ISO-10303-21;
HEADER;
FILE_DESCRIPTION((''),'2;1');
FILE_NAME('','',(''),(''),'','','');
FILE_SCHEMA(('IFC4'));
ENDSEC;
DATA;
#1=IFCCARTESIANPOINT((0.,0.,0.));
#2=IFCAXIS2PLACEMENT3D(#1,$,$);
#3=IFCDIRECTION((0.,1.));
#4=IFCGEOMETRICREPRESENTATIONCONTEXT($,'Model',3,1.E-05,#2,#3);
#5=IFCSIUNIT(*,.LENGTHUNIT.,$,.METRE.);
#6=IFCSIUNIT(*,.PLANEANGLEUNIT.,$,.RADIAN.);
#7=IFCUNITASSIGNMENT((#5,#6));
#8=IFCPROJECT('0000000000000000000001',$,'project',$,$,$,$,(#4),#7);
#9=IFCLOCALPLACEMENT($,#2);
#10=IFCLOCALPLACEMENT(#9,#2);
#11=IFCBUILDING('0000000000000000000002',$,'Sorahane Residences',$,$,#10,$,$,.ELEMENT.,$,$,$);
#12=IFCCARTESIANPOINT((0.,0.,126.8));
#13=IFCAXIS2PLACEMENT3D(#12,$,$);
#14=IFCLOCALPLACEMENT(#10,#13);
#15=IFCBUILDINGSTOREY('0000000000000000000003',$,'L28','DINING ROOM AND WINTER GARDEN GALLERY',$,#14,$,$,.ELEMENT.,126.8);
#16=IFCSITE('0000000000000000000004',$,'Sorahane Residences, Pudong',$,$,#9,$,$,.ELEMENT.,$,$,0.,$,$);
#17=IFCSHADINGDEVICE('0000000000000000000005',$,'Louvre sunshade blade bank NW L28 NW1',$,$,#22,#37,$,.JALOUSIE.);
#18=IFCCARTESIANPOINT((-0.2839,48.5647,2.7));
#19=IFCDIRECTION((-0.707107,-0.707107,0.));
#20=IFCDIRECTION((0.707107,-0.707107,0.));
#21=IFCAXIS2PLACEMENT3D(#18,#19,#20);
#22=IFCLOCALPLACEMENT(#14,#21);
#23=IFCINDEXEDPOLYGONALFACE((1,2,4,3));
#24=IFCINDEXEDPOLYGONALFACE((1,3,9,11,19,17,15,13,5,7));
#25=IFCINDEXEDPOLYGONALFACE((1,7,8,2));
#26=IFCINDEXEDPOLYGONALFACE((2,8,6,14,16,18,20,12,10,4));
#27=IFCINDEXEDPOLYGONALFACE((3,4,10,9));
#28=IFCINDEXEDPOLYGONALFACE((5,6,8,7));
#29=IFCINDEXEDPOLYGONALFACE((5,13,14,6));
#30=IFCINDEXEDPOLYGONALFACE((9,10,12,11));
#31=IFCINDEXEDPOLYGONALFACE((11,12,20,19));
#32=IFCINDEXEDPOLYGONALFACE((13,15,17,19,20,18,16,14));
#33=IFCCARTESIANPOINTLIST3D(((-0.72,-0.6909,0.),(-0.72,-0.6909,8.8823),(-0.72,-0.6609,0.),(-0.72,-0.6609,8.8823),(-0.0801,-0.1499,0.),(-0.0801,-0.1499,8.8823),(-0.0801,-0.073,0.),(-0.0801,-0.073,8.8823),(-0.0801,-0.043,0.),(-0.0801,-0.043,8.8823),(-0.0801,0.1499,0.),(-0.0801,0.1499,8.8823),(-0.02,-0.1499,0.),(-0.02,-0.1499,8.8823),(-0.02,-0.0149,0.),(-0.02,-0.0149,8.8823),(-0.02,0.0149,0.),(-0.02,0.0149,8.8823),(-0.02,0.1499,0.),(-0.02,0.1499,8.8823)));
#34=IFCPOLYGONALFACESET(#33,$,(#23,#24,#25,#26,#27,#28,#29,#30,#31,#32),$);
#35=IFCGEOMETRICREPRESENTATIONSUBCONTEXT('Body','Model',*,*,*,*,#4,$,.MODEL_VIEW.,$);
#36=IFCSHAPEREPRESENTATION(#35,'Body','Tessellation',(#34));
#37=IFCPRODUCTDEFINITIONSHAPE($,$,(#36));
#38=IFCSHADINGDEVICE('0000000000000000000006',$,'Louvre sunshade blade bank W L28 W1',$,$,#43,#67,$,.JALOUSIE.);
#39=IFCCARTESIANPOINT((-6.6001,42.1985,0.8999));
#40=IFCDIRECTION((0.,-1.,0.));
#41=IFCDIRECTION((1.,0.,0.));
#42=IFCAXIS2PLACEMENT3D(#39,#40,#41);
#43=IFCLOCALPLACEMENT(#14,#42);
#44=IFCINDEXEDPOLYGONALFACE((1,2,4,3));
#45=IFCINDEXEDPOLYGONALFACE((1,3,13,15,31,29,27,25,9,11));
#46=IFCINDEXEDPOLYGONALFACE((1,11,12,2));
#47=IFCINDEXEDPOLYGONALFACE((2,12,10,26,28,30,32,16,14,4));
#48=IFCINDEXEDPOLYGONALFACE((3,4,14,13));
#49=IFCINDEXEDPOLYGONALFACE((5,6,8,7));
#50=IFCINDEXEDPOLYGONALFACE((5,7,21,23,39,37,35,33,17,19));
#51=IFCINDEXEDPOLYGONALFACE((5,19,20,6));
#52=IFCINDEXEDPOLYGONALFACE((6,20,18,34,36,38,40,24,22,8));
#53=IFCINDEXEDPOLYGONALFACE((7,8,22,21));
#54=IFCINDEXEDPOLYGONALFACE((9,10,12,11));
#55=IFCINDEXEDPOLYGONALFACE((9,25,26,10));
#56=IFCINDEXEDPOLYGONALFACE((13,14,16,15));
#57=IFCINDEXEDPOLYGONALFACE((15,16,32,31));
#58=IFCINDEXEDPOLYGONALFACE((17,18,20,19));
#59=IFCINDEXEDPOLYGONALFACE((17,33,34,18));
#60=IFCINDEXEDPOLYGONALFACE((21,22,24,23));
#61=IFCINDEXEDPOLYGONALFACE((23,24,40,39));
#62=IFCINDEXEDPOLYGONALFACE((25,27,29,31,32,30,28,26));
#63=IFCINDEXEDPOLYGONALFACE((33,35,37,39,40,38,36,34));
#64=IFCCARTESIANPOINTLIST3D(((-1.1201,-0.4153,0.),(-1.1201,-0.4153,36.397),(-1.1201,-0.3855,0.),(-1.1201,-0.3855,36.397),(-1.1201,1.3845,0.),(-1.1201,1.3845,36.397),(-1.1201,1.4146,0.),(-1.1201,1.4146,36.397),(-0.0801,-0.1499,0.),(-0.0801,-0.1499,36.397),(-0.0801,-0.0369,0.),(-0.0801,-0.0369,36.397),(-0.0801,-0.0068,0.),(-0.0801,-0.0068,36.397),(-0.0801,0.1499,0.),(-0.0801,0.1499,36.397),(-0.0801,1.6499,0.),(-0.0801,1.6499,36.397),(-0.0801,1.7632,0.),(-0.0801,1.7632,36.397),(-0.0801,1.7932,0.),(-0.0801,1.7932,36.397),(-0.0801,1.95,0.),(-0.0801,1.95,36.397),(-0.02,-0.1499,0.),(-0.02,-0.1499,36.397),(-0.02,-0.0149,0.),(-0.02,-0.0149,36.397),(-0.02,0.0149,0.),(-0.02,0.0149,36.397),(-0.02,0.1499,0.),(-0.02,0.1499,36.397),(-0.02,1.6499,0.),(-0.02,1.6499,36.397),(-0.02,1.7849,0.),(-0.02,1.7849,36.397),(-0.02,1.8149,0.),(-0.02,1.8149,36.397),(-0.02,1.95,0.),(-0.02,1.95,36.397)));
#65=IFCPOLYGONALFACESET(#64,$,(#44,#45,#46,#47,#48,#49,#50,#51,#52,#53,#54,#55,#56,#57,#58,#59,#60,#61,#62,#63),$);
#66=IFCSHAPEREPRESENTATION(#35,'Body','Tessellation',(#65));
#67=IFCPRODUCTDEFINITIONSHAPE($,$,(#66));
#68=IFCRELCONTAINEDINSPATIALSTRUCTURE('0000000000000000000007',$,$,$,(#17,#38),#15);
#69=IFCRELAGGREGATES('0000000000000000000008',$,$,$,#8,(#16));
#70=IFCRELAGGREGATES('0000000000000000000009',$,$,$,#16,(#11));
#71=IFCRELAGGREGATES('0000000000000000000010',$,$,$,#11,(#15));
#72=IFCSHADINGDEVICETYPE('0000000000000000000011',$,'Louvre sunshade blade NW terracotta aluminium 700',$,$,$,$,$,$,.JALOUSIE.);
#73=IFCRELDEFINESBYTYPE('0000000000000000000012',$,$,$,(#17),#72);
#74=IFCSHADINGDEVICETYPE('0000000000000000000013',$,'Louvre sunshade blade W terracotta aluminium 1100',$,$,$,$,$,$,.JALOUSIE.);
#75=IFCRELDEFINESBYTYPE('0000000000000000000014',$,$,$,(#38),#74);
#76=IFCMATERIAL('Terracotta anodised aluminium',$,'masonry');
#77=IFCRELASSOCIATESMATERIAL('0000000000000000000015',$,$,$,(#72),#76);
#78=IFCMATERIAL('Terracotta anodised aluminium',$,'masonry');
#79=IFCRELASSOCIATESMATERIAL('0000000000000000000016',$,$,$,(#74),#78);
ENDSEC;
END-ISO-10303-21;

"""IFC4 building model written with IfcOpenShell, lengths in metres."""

from ifc_helpers import new_model, si_unit, direction, frame, origin, place, context, subcontext, project, spatial, polyline, outline, composite_profile, extrude, material, type_object, element, save


model = new_model("IFC4")

# Units and contexts
model_context = context("Model", 3, precision=1e-05, world=origin(), true_north=direction((0.0, 1.0)))
body_context = subcontext(model_context, "Body", "Model", "MODEL_VIEW")
ifc_project = project(units=[si_unit("LENGTHUNIT", "METRE"), si_unit("PLANEANGLEUNIT", "RADIAN")], contexts=[model_context])

# Site, building, storey
site_placement = place(None, origin())
site = spatial("IfcSite", under=ifc_project, at=site_placement, Name="Sorahane Residences, Pudong", CompositionType="ELEMENT", RefElevation=0.0)
building_placement = place(site_placement, origin())
building = spatial("IfcBuilding", under=site, at=building_placement, Name="Sorahane Residences", CompositionType="ELEMENT")
storey_placement = place(building_placement, frame((0.0, 0.0, 126.8)))
storey = spatial("IfcBuildingStorey", under=building, at=storey_placement, Name="L28", Description="DINING ROOM AND WINTER GARDEN GALLERY", CompositionType="ELEMENT", Elevation=126.8)

# Shading devices
ifc_material_1 = material(Name="Terracotta anodised aluminium", Category="masonry")
shading_device_type_1 = type_object("IfcShadingDeviceType", Name="Louvre sunshade blade NW terracotta aluminium 700", PredefinedType="JALOUSIE", material=ifc_material_1)
shading_device_1_placement = place(storey_placement, frame((-0.2839, 48.5647, 2.7), z_axis=(-0.707107, -0.707107, 0.0), x_axis=(0.707107, -0.707107, 0.0)))
element("IfcShadingDevice", 1, at=shading_device_1_placement, inside=storey, type_object=shading_device_type_1, Name="Louvre sunshade blade bank NW L28 NW1", PredefinedType="JALOUSIE", context=body_context, shape_type="SweptSolid", body=[
    extrude(outline(polyline([(-0.72, -0.6609), (-0.72, -0.6909), (-0.0801, -0.073), (-0.0801, -0.1499), (-0.02, -0.1499), (-0.02, -0.0149), (-0.02, 0.0149), (-0.02, 0.1499), (-0.0801, 0.1499), (-0.0801, -0.043), (-0.72, -0.6609)])), origin(), (0.0, 0.0, 1.0), 8.8823),
])
ifc_material_2 = material(Name="Terracotta anodised aluminium", Category="masonry")
shading_device_type_2 = type_object("IfcShadingDeviceType", Name="Louvre sunshade blade W terracotta aluminium 1100", PredefinedType="JALOUSIE", material=ifc_material_2)
shading_device_2_placement = place(storey_placement, frame((-6.6001, 42.1985, 0.8999), z_axis=(0.0, -1.0, 0.0), x_axis=(1.0, 0.0, 0.0)))
element("IfcShadingDevice", 2, at=shading_device_2_placement, inside=storey, type_object=shading_device_type_2, Name="Louvre sunshade blade bank W L28 W1", PredefinedType="JALOUSIE", context=body_context, shape_type="SweptSolid", body=[
    extrude(composite_profile([outline(polyline([(-1.1201, -0.3855), (-1.1201, -0.4153), (-0.0801, -0.0369), (-0.0801, -0.1499), (-0.02, -0.1499), (-0.02, -0.0149), (-0.02, 0.0149), (-0.02, 0.1499), (-0.0801, 0.1499), (-0.0801, -0.0068), (-1.1201, -0.3855)])), outline(polyline([(-1.1201, 1.4146), (-1.1201, 1.3845), (-0.0801, 1.7632), (-0.0801, 1.6499), (-0.02, 1.6499), (-0.02, 1.7849), (-0.02, 1.8149), (-0.02, 1.95), (-0.0801, 1.95), (-0.0801, 1.7932), (-1.1201, 1.4146)]))]), origin(), (0.0, 0.0, 1.0), 36.397),
])

save(model, "model.ifc")
